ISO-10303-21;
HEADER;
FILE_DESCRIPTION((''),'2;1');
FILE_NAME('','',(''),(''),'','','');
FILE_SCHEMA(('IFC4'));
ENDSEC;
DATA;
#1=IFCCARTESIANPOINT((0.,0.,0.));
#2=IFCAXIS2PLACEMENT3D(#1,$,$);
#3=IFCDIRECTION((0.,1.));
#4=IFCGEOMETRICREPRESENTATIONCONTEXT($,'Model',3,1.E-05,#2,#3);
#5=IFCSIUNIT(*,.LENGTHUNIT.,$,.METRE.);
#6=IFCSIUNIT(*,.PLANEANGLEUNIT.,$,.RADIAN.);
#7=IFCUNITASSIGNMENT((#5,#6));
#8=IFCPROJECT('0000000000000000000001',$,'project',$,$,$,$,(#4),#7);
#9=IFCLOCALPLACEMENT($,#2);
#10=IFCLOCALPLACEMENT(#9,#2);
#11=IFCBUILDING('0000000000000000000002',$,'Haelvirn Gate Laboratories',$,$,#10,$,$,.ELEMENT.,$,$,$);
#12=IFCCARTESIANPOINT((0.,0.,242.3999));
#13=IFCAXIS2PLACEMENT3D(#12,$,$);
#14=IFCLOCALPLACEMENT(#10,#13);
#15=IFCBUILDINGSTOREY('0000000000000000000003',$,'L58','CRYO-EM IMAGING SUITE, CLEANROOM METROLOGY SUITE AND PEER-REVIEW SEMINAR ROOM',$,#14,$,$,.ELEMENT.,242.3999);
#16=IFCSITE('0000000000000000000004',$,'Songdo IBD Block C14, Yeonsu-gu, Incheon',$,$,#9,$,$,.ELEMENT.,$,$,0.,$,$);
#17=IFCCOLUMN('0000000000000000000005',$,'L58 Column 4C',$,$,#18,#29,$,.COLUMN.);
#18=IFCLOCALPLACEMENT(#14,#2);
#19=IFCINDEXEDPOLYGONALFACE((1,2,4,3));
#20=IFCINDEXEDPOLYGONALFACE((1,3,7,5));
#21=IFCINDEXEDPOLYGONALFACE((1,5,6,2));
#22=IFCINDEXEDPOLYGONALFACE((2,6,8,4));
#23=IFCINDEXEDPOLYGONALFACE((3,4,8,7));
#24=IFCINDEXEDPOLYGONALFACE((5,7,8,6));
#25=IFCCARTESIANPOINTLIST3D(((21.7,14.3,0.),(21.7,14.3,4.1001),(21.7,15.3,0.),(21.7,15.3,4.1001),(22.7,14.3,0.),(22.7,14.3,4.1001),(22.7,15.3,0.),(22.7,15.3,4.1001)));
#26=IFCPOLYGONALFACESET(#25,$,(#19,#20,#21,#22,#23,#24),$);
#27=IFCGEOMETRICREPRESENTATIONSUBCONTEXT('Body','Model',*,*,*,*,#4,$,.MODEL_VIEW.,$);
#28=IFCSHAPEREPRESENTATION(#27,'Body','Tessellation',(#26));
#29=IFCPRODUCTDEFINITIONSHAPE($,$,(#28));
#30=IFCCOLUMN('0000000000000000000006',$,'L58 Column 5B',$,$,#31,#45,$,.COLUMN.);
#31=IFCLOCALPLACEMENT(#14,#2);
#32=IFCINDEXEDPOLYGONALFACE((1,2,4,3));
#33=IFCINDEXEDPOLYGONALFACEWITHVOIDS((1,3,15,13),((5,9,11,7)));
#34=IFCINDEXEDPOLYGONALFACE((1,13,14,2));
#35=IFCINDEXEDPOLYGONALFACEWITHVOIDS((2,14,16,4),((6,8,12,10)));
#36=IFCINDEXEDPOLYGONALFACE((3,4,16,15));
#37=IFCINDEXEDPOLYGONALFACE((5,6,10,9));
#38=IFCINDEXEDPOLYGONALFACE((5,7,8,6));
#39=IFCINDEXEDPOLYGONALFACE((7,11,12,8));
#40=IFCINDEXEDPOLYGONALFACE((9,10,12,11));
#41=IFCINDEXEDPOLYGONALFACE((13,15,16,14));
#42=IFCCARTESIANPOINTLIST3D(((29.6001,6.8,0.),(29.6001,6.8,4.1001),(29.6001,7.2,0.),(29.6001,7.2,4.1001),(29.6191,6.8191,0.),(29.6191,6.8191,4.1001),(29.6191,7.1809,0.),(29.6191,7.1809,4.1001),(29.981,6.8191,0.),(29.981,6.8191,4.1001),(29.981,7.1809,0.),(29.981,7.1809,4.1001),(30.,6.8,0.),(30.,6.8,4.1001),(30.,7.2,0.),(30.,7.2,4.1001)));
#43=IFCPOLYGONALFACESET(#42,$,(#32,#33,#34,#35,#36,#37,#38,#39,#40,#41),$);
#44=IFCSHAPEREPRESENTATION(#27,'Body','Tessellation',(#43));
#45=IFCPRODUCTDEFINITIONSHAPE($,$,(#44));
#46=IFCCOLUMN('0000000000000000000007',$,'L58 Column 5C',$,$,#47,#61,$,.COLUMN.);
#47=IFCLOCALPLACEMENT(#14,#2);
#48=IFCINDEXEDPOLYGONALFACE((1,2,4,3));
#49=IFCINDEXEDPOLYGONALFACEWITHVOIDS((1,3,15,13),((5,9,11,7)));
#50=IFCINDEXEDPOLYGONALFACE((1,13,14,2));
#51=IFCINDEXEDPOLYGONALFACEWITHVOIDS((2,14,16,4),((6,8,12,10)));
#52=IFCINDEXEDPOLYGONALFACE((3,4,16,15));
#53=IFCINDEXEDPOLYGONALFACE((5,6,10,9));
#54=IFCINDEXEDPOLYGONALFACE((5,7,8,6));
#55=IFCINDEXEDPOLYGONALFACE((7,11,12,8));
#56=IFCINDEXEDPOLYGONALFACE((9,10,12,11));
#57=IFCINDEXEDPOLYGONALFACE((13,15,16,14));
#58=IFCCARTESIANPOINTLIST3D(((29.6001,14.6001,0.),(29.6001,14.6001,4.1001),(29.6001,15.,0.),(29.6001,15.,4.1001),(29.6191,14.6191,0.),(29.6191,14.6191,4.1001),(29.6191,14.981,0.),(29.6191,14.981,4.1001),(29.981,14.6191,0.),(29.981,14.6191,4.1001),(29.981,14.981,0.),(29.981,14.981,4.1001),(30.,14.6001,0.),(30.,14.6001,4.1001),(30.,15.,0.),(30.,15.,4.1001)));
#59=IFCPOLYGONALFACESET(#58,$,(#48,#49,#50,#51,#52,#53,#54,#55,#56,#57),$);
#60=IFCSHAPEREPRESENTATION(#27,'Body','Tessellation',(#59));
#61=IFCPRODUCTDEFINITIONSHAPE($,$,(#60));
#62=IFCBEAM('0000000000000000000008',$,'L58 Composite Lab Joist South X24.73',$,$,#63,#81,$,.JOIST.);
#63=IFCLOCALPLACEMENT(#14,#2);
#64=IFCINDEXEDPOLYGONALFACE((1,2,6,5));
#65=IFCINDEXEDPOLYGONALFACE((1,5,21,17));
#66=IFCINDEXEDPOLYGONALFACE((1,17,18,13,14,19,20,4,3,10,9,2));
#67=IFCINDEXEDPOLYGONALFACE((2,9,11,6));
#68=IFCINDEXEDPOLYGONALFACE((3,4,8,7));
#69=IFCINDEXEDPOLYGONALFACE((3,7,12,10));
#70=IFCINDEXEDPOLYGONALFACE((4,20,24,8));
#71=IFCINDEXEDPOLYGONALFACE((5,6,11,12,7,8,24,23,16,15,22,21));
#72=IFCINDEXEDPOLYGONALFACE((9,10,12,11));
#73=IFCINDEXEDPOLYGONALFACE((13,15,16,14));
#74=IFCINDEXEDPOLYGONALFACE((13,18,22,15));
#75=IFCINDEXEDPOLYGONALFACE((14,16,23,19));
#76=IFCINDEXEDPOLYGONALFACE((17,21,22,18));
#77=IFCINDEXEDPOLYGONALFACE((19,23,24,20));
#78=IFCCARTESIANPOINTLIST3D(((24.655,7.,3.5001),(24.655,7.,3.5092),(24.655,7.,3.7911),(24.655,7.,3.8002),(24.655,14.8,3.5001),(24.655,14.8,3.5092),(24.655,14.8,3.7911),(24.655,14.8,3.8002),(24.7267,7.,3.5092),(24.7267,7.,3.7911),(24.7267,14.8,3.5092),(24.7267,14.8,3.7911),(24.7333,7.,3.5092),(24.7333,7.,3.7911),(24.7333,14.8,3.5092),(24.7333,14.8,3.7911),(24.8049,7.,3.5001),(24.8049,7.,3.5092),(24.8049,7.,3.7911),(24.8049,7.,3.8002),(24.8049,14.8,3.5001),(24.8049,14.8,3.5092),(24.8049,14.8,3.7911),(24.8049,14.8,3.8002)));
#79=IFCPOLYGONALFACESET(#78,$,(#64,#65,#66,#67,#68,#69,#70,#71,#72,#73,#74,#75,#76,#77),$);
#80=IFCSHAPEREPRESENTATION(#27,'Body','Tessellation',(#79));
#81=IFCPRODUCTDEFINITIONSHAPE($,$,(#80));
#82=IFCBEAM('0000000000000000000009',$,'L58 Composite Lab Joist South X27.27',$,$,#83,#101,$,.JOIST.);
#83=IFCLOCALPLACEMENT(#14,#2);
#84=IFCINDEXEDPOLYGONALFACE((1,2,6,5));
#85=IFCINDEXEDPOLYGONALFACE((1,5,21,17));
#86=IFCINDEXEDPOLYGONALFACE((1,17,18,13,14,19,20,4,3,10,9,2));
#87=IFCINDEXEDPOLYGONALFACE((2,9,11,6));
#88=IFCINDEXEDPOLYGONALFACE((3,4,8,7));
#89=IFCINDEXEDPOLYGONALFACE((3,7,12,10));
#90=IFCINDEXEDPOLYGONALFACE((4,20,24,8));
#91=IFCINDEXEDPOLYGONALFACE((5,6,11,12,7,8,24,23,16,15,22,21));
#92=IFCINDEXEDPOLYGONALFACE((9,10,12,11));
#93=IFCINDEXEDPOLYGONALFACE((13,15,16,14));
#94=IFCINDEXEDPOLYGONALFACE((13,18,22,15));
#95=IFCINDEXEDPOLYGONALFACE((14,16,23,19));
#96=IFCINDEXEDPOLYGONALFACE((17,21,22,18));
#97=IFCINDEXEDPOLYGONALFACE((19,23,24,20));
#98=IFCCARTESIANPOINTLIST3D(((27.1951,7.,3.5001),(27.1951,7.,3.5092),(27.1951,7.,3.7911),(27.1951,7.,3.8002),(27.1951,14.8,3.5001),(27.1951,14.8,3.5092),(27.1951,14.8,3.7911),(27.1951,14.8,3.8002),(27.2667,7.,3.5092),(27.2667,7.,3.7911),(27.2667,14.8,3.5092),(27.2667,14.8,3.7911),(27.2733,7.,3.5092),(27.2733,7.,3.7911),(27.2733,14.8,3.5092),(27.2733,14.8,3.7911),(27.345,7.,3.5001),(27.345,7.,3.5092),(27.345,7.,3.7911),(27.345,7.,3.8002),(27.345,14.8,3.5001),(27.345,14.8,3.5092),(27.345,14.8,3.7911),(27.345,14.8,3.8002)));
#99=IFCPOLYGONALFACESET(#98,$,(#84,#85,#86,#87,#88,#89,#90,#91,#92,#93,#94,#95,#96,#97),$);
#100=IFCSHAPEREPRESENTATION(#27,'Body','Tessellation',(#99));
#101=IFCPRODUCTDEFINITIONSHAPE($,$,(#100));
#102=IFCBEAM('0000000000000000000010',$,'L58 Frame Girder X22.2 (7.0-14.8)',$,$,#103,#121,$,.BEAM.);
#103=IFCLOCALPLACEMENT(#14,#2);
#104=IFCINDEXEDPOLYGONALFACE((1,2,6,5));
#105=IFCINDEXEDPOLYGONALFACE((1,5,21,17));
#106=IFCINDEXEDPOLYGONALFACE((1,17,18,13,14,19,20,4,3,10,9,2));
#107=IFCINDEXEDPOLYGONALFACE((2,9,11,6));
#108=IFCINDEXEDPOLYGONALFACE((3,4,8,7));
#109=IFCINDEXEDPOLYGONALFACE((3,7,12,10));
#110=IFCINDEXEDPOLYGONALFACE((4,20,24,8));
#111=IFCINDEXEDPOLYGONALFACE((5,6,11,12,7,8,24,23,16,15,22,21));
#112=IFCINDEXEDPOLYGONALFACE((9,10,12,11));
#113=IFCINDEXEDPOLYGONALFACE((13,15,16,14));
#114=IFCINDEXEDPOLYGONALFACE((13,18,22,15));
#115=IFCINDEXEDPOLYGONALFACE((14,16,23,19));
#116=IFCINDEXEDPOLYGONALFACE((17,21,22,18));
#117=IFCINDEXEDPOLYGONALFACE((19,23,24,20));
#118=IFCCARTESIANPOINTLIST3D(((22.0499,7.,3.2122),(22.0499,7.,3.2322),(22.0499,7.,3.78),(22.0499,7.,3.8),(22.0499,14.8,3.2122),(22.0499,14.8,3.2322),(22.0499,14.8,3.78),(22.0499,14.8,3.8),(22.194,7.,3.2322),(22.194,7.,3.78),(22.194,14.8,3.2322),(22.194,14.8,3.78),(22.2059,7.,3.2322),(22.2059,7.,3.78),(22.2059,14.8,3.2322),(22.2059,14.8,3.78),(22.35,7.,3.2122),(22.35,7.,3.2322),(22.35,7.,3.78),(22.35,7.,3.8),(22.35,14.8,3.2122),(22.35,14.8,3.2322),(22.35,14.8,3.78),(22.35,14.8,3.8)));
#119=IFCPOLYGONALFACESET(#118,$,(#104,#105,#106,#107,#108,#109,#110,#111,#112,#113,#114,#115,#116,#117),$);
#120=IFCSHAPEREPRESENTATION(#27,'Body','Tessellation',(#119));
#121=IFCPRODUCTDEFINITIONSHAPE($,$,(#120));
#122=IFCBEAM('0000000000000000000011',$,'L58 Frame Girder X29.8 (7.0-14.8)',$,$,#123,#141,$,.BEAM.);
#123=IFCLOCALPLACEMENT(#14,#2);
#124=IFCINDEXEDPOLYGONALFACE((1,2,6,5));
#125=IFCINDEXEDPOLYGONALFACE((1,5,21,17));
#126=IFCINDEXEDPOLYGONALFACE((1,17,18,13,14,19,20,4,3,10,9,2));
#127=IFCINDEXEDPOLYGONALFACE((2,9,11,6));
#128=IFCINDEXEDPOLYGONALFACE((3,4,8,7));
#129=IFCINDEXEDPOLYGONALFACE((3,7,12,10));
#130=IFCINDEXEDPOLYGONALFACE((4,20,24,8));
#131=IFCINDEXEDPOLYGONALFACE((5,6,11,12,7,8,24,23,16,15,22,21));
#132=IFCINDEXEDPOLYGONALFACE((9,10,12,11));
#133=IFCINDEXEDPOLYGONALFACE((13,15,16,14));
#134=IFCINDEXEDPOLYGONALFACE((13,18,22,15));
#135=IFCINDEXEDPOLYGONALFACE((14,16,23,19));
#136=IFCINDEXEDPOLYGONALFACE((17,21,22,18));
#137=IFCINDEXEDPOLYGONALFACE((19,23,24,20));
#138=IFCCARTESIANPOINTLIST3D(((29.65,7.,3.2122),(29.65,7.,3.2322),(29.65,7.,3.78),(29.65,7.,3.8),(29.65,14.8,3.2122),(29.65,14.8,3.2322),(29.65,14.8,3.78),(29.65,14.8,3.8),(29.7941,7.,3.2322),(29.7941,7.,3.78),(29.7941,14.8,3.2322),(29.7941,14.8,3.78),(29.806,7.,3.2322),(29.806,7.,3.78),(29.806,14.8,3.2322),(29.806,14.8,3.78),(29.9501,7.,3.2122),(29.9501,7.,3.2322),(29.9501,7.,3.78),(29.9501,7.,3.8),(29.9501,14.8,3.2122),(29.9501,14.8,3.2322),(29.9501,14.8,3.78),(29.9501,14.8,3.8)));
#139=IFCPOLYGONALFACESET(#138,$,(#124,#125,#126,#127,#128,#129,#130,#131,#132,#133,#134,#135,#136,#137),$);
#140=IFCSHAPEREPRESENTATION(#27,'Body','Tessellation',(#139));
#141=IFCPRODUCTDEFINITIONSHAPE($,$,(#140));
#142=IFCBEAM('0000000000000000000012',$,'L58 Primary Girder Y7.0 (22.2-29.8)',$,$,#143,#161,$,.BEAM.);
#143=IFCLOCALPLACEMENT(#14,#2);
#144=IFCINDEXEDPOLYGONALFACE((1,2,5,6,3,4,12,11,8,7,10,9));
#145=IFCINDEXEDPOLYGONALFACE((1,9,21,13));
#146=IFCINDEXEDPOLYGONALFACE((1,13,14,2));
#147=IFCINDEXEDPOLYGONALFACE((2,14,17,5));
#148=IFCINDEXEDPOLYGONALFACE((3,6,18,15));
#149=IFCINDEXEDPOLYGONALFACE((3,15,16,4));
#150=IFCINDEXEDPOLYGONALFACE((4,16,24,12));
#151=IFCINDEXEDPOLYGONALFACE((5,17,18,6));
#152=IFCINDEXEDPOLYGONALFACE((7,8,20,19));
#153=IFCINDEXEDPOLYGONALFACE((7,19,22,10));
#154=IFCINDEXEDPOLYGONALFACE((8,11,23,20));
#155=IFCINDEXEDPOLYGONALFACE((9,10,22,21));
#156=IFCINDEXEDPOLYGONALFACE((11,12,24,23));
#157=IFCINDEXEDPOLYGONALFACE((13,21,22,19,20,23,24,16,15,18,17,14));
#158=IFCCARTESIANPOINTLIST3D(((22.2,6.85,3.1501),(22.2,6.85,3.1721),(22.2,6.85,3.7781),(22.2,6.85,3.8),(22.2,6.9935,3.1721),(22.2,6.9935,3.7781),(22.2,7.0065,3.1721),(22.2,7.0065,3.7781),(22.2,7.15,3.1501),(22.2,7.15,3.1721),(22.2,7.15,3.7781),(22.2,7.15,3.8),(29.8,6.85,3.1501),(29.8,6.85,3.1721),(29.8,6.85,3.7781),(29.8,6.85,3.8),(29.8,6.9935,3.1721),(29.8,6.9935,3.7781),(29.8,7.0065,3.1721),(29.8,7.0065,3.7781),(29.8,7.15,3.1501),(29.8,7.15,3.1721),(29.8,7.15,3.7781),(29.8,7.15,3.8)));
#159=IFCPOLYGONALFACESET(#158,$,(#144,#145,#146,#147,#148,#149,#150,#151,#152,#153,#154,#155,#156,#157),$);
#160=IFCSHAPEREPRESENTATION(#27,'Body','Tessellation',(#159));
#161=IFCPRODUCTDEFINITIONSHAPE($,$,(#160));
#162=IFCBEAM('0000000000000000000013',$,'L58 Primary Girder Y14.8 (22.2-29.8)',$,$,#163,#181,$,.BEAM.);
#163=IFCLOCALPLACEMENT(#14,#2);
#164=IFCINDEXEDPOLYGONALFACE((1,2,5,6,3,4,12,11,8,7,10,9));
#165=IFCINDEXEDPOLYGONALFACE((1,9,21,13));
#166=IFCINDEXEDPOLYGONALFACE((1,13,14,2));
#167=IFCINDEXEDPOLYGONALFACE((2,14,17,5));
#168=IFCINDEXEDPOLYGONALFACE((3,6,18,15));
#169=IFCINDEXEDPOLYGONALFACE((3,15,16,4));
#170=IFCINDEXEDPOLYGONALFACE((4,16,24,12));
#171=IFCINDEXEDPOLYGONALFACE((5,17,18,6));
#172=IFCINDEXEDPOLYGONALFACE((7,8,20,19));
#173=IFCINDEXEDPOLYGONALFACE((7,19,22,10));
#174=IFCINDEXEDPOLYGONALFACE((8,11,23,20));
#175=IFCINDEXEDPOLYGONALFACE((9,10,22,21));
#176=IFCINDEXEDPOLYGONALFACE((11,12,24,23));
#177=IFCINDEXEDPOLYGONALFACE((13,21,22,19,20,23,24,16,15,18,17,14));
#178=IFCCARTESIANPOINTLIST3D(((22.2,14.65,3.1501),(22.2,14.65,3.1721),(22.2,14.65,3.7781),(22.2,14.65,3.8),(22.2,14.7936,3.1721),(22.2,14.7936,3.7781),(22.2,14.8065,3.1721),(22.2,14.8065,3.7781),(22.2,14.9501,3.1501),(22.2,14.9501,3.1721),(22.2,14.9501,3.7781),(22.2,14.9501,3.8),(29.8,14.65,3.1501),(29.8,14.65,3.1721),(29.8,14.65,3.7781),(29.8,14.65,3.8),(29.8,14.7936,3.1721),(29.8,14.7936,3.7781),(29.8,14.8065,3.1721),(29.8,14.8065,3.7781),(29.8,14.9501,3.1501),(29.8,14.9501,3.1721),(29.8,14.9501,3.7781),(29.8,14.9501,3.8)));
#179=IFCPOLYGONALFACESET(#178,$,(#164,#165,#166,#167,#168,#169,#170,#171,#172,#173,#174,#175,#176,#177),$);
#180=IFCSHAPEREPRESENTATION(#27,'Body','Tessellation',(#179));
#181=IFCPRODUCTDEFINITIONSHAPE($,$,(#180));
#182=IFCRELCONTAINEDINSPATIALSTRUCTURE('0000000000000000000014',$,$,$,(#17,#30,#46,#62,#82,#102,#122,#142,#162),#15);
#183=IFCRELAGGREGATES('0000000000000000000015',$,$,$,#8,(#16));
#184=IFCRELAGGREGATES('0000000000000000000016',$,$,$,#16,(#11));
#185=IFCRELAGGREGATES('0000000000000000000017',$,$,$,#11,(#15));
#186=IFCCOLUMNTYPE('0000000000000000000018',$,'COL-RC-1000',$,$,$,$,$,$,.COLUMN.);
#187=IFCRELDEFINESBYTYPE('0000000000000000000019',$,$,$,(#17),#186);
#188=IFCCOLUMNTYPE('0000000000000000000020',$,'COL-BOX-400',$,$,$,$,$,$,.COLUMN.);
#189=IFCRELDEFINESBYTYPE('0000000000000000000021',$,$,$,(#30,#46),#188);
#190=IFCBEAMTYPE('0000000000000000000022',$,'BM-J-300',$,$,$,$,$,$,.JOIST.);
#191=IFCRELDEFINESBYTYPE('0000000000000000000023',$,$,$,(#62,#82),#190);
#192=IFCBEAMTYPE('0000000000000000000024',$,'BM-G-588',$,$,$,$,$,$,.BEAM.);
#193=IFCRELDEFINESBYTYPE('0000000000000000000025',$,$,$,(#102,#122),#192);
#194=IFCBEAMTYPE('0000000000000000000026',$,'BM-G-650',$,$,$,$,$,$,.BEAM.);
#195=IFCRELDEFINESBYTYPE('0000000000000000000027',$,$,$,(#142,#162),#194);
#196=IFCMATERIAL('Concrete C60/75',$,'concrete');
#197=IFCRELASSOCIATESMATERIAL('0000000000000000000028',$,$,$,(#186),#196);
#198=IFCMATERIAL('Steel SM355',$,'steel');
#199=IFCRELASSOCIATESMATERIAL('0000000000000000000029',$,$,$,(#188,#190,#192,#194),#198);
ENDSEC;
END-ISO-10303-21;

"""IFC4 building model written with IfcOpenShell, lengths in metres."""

from ifc_helpers import new_model, si_unit, direction, frame, origin, origin_2d, place, context, subcontext, project, spatial, rectangle, hollow_rectangle, i_section, extrude, source, transform, mapped, material, material_profile, profile_set, type_object, type_shapes, element, save


model = new_model("IFC4")

# Units and contexts
model_context = context("Model", 3, precision=1e-05, world=origin(), true_north=direction((0.0, 1.0)))
body_context = subcontext(model_context, "Body", "Model", "MODEL_VIEW")
ifc_project = project(units=[si_unit("LENGTHUNIT", "METRE"), si_unit("PLANEANGLEUNIT", "RADIAN")], contexts=[model_context])

# Site, building, storey
site_placement = place(None, origin())
site = spatial("IfcSite", under=ifc_project, at=site_placement, Name="Songdo IBD Block C14, Yeonsu-gu, Incheon", CompositionType="ELEMENT", RefElevation=0.0)
building_placement = place(site_placement, origin())
building = spatial("IfcBuilding", under=site, at=building_placement, Name="Haelvirn Gate Laboratories", CompositionType="ELEMENT")
storey_placement = place(building_placement, frame((0.0, 0.0, 242.3999)))
storey = spatial("IfcBuildingStorey", under=building, at=storey_placement, Name="L58", Description="CRYO-EM IMAGING SUITE, CLEANROOM METROLOGY SUITE AND PEER-REVIEW SEMINAR ROOM", CompositionType="ELEMENT", Elevation=242.3999)

# Columns
ifc_material_1 = material(Name="Concrete C60/75", Category="concrete")
ifc_material_profile_1 = material_profile(ifc_material_1, rectangle(XDim=1.0, YDim=1.0, at=origin_2d()), Name="RC-1000x1000")
ifc_profile_set_1 = profile_set([ifc_material_profile_1], Name="Concrete C60/75")
column_type_1 = type_object("IfcColumnType", Name="COL-RC-1000", PredefinedType="COLUMN", material=ifc_profile_set_1)
shared_shape_1 = source(origin(), body_context, "Body", "SweptSolid", [
    extrude(rectangle(XDim=1.0, YDim=1.0, at=origin_2d()), origin(), (0.0, 0.0, 1.0), 4.1001),
])
type_shapes(column_type_1, [shared_shape_1])
column_placement = place(storey_placement, frame((22.2, 14.8, 0.0), z_axis=(0.0, 0.0, 1.0), x_axis=(1.0, 0.0, 0.0)))
element("IfcColumn", 1, at=column_placement, inside=storey, type_object=column_type_1, Name="L58 Column 4C", PredefinedType="COLUMN", context=body_context, shape_type="MappedRepresentation", body=[
    mapped(shared_shape_1, transform((0.0, 0.0, 0.0), scale=1.0)),
])
ifc_material_2 = material(Name="Steel SM355", Category="steel")
ifc_material_profile_2 = material_profile(ifc_material_2, hollow_rectangle(XDim=0.3999, YDim=0.3999, WallThickness=0.019, at=origin_2d()), Name="BOX-400x400x19")
ifc_profile_set_2 = profile_set([ifc_material_profile_2], Name="Steel SM355")
column_type_2 = type_object("IfcColumnType", Name="COL-BOX-400", PredefinedType="COLUMN", material=ifc_profile_set_2)
shared_shape_2 = source(origin(), body_context, "Body", "SweptSolid", [
    extrude(hollow_rectangle(XDim=0.3999, YDim=0.3999, WallThickness=0.019, at=origin_2d()), origin(), (0.0, 0.0, 1.0), 4.1001),
])
type_shapes(column_type_2, [shared_shape_2])
for number, where, z_axis, x_axis, name in (
    (2, (29.8, 7.0, 0.0), (0.0, 0.0, 1.0), (1.0, 0.0, 0.0), "L58 Column 5B"),
    (3, (29.8, 14.8, 0.0), (0.0, 0.0, 1.0), (1.0, 0.0, 0.0), "L58 Column 5C"),
):
    element("IfcColumn", number, at=place(storey_placement, frame(where, z_axis=z_axis, x_axis=x_axis)), inside=storey, type_object=column_type_2, Name=name, PredefinedType="COLUMN", context=body_context, shape_type="MappedRepresentation", body=[
        mapped(shared_shape_2, transform((0.0, 0.0, 0.0), scale=1.0)),
    ])

# Beams
ifc_material_profile_3 = material_profile(ifc_material_2, i_section(OverallWidth=0.1499, OverallDepth=0.3, WebThickness=0.0066, FlangeThickness=0.009, at=origin_2d()), Name="H-300x150x6.5x9")
ifc_profile_set_3 = profile_set([ifc_material_profile_3], Name="Steel SM355")
beam_type_1 = type_object("IfcBeamType", Name="BM-J-300", PredefinedType="JOIST", material=ifc_profile_set_3)
shared_shape_3 = source(origin(), body_context, "Body", "SweptSolid", [
    extrude(i_section(OverallWidth=0.1499, OverallDepth=0.3, WebThickness=0.0066, FlangeThickness=0.009, at=origin_2d()), origin(), (0.0, 0.0, 1.0), 7.8),
])
type_shapes(beam_type_1, [shared_shape_3])
for number, where, z_axis, x_axis, name in (
    (4, (24.73, 7.0, 3.6501), (0.0, 1.0, 0.0), (-1.0, 0.0, 0.0), "L58 Composite Lab Joist South X24.73"),
    (5, (27.27, 7.0, 3.6501), (0.0, 1.0, 0.0), (-1.0, 0.0, 0.0), "L58 Composite Lab Joist South X27.27"),
):
    element("IfcBeam", number, at=place(storey_placement, frame(where, z_axis=z_axis, x_axis=x_axis)), inside=storey, type_object=beam_type_1, Name=name, PredefinedType="JOIST", context=body_context, shape_type="MappedRepresentation", body=[
        mapped(shared_shape_3, transform((0.0, 0.0, 0.0), scale=1.0)),
    ])
ifc_material_profile_4 = material_profile(ifc_material_2, i_section(OverallWidth=0.3, OverallDepth=0.5879, WebThickness=0.012, FlangeThickness=0.02, at=origin_2d()), Name="H-588x300x12x20")
ifc_profile_set_4 = profile_set([ifc_material_profile_4], Name="Steel SM355")
beam_type_2 = type_object("IfcBeamType", Name="BM-G-588", PredefinedType="BEAM", material=ifc_profile_set_4)
shared_shape_4 = source(origin(), body_context, "Body", "SweptSolid", [
    extrude(i_section(OverallWidth=0.3, OverallDepth=0.5879, WebThickness=0.012, FlangeThickness=0.02, at=origin_2d()), origin(), (0.0, 0.0, 1.0), 7.8),
])
type_shapes(beam_type_2, [shared_shape_4])
for number, where, z_axis, x_axis, name in (
    (6, (22.2, 7.0, 3.5061), (0.0, 1.0, 0.0), (-1.0, 0.0, 0.0), "L58 Frame Girder X22.2 (7.0-14.8)"),
    (7, (29.8, 7.0, 3.5061), (0.0, 1.0, 0.0), (-1.0, 0.0, 0.0), "L58 Frame Girder X29.8 (7.0-14.8)"),
):
    element("IfcBeam", number, at=place(storey_placement, frame(where, z_axis=z_axis, x_axis=x_axis)), inside=storey, type_object=beam_type_2, Name=name, PredefinedType="BEAM", context=body_context, shape_type="MappedRepresentation", body=[
        mapped(shared_shape_4, transform((0.0, 0.0, 0.0), scale=1.0)),
    ])
ifc_material_profile_5 = material_profile(ifc_material_2, i_section(OverallWidth=0.3, OverallDepth=0.6499, WebThickness=0.0129, FlangeThickness=0.022, at=origin_2d()), Name="H-650x300x13x22")
ifc_profile_set_5 = profile_set([ifc_material_profile_5], Name="Steel SM355")
beam_type_3 = type_object("IfcBeamType", Name="BM-G-650", PredefinedType="BEAM", material=ifc_profile_set_5)
shared_shape_5 = source(origin(), body_context, "Body", "SweptSolid", [
    extrude(i_section(OverallWidth=0.3, OverallDepth=0.6499, WebThickness=0.0129, FlangeThickness=0.022, at=origin_2d()), origin(), (0.0, 0.0, 1.0), 7.6001),
])
for number, where, z_axis, x_axis, name in (
    (8, (22.2, 7.0, 3.4751), (1.0, 0.0, 0.0), (0.0, 1.0, 0.0), "L58 Primary Girder Y7.0 (22.2-29.8)"),
    (9, (22.2, 14.8, 3.4751), (1.0, 0.0, 0.0), (0.0, 1.0, 0.0), "L58 Primary Girder Y14.8 (22.2-29.8)"),
):
    element("IfcBeam", number, at=place(storey_placement, frame(where, z_axis=z_axis, x_axis=x_axis)), inside=storey, type_object=beam_type_3, Name=name, PredefinedType="BEAM", context=body_context, shape_type="MappedRepresentation", body=[
        mapped(shared_shape_5, transform((0.0, 0.0, 0.0), scale=1.0)),
    ])

save(model, "model.ifc")
